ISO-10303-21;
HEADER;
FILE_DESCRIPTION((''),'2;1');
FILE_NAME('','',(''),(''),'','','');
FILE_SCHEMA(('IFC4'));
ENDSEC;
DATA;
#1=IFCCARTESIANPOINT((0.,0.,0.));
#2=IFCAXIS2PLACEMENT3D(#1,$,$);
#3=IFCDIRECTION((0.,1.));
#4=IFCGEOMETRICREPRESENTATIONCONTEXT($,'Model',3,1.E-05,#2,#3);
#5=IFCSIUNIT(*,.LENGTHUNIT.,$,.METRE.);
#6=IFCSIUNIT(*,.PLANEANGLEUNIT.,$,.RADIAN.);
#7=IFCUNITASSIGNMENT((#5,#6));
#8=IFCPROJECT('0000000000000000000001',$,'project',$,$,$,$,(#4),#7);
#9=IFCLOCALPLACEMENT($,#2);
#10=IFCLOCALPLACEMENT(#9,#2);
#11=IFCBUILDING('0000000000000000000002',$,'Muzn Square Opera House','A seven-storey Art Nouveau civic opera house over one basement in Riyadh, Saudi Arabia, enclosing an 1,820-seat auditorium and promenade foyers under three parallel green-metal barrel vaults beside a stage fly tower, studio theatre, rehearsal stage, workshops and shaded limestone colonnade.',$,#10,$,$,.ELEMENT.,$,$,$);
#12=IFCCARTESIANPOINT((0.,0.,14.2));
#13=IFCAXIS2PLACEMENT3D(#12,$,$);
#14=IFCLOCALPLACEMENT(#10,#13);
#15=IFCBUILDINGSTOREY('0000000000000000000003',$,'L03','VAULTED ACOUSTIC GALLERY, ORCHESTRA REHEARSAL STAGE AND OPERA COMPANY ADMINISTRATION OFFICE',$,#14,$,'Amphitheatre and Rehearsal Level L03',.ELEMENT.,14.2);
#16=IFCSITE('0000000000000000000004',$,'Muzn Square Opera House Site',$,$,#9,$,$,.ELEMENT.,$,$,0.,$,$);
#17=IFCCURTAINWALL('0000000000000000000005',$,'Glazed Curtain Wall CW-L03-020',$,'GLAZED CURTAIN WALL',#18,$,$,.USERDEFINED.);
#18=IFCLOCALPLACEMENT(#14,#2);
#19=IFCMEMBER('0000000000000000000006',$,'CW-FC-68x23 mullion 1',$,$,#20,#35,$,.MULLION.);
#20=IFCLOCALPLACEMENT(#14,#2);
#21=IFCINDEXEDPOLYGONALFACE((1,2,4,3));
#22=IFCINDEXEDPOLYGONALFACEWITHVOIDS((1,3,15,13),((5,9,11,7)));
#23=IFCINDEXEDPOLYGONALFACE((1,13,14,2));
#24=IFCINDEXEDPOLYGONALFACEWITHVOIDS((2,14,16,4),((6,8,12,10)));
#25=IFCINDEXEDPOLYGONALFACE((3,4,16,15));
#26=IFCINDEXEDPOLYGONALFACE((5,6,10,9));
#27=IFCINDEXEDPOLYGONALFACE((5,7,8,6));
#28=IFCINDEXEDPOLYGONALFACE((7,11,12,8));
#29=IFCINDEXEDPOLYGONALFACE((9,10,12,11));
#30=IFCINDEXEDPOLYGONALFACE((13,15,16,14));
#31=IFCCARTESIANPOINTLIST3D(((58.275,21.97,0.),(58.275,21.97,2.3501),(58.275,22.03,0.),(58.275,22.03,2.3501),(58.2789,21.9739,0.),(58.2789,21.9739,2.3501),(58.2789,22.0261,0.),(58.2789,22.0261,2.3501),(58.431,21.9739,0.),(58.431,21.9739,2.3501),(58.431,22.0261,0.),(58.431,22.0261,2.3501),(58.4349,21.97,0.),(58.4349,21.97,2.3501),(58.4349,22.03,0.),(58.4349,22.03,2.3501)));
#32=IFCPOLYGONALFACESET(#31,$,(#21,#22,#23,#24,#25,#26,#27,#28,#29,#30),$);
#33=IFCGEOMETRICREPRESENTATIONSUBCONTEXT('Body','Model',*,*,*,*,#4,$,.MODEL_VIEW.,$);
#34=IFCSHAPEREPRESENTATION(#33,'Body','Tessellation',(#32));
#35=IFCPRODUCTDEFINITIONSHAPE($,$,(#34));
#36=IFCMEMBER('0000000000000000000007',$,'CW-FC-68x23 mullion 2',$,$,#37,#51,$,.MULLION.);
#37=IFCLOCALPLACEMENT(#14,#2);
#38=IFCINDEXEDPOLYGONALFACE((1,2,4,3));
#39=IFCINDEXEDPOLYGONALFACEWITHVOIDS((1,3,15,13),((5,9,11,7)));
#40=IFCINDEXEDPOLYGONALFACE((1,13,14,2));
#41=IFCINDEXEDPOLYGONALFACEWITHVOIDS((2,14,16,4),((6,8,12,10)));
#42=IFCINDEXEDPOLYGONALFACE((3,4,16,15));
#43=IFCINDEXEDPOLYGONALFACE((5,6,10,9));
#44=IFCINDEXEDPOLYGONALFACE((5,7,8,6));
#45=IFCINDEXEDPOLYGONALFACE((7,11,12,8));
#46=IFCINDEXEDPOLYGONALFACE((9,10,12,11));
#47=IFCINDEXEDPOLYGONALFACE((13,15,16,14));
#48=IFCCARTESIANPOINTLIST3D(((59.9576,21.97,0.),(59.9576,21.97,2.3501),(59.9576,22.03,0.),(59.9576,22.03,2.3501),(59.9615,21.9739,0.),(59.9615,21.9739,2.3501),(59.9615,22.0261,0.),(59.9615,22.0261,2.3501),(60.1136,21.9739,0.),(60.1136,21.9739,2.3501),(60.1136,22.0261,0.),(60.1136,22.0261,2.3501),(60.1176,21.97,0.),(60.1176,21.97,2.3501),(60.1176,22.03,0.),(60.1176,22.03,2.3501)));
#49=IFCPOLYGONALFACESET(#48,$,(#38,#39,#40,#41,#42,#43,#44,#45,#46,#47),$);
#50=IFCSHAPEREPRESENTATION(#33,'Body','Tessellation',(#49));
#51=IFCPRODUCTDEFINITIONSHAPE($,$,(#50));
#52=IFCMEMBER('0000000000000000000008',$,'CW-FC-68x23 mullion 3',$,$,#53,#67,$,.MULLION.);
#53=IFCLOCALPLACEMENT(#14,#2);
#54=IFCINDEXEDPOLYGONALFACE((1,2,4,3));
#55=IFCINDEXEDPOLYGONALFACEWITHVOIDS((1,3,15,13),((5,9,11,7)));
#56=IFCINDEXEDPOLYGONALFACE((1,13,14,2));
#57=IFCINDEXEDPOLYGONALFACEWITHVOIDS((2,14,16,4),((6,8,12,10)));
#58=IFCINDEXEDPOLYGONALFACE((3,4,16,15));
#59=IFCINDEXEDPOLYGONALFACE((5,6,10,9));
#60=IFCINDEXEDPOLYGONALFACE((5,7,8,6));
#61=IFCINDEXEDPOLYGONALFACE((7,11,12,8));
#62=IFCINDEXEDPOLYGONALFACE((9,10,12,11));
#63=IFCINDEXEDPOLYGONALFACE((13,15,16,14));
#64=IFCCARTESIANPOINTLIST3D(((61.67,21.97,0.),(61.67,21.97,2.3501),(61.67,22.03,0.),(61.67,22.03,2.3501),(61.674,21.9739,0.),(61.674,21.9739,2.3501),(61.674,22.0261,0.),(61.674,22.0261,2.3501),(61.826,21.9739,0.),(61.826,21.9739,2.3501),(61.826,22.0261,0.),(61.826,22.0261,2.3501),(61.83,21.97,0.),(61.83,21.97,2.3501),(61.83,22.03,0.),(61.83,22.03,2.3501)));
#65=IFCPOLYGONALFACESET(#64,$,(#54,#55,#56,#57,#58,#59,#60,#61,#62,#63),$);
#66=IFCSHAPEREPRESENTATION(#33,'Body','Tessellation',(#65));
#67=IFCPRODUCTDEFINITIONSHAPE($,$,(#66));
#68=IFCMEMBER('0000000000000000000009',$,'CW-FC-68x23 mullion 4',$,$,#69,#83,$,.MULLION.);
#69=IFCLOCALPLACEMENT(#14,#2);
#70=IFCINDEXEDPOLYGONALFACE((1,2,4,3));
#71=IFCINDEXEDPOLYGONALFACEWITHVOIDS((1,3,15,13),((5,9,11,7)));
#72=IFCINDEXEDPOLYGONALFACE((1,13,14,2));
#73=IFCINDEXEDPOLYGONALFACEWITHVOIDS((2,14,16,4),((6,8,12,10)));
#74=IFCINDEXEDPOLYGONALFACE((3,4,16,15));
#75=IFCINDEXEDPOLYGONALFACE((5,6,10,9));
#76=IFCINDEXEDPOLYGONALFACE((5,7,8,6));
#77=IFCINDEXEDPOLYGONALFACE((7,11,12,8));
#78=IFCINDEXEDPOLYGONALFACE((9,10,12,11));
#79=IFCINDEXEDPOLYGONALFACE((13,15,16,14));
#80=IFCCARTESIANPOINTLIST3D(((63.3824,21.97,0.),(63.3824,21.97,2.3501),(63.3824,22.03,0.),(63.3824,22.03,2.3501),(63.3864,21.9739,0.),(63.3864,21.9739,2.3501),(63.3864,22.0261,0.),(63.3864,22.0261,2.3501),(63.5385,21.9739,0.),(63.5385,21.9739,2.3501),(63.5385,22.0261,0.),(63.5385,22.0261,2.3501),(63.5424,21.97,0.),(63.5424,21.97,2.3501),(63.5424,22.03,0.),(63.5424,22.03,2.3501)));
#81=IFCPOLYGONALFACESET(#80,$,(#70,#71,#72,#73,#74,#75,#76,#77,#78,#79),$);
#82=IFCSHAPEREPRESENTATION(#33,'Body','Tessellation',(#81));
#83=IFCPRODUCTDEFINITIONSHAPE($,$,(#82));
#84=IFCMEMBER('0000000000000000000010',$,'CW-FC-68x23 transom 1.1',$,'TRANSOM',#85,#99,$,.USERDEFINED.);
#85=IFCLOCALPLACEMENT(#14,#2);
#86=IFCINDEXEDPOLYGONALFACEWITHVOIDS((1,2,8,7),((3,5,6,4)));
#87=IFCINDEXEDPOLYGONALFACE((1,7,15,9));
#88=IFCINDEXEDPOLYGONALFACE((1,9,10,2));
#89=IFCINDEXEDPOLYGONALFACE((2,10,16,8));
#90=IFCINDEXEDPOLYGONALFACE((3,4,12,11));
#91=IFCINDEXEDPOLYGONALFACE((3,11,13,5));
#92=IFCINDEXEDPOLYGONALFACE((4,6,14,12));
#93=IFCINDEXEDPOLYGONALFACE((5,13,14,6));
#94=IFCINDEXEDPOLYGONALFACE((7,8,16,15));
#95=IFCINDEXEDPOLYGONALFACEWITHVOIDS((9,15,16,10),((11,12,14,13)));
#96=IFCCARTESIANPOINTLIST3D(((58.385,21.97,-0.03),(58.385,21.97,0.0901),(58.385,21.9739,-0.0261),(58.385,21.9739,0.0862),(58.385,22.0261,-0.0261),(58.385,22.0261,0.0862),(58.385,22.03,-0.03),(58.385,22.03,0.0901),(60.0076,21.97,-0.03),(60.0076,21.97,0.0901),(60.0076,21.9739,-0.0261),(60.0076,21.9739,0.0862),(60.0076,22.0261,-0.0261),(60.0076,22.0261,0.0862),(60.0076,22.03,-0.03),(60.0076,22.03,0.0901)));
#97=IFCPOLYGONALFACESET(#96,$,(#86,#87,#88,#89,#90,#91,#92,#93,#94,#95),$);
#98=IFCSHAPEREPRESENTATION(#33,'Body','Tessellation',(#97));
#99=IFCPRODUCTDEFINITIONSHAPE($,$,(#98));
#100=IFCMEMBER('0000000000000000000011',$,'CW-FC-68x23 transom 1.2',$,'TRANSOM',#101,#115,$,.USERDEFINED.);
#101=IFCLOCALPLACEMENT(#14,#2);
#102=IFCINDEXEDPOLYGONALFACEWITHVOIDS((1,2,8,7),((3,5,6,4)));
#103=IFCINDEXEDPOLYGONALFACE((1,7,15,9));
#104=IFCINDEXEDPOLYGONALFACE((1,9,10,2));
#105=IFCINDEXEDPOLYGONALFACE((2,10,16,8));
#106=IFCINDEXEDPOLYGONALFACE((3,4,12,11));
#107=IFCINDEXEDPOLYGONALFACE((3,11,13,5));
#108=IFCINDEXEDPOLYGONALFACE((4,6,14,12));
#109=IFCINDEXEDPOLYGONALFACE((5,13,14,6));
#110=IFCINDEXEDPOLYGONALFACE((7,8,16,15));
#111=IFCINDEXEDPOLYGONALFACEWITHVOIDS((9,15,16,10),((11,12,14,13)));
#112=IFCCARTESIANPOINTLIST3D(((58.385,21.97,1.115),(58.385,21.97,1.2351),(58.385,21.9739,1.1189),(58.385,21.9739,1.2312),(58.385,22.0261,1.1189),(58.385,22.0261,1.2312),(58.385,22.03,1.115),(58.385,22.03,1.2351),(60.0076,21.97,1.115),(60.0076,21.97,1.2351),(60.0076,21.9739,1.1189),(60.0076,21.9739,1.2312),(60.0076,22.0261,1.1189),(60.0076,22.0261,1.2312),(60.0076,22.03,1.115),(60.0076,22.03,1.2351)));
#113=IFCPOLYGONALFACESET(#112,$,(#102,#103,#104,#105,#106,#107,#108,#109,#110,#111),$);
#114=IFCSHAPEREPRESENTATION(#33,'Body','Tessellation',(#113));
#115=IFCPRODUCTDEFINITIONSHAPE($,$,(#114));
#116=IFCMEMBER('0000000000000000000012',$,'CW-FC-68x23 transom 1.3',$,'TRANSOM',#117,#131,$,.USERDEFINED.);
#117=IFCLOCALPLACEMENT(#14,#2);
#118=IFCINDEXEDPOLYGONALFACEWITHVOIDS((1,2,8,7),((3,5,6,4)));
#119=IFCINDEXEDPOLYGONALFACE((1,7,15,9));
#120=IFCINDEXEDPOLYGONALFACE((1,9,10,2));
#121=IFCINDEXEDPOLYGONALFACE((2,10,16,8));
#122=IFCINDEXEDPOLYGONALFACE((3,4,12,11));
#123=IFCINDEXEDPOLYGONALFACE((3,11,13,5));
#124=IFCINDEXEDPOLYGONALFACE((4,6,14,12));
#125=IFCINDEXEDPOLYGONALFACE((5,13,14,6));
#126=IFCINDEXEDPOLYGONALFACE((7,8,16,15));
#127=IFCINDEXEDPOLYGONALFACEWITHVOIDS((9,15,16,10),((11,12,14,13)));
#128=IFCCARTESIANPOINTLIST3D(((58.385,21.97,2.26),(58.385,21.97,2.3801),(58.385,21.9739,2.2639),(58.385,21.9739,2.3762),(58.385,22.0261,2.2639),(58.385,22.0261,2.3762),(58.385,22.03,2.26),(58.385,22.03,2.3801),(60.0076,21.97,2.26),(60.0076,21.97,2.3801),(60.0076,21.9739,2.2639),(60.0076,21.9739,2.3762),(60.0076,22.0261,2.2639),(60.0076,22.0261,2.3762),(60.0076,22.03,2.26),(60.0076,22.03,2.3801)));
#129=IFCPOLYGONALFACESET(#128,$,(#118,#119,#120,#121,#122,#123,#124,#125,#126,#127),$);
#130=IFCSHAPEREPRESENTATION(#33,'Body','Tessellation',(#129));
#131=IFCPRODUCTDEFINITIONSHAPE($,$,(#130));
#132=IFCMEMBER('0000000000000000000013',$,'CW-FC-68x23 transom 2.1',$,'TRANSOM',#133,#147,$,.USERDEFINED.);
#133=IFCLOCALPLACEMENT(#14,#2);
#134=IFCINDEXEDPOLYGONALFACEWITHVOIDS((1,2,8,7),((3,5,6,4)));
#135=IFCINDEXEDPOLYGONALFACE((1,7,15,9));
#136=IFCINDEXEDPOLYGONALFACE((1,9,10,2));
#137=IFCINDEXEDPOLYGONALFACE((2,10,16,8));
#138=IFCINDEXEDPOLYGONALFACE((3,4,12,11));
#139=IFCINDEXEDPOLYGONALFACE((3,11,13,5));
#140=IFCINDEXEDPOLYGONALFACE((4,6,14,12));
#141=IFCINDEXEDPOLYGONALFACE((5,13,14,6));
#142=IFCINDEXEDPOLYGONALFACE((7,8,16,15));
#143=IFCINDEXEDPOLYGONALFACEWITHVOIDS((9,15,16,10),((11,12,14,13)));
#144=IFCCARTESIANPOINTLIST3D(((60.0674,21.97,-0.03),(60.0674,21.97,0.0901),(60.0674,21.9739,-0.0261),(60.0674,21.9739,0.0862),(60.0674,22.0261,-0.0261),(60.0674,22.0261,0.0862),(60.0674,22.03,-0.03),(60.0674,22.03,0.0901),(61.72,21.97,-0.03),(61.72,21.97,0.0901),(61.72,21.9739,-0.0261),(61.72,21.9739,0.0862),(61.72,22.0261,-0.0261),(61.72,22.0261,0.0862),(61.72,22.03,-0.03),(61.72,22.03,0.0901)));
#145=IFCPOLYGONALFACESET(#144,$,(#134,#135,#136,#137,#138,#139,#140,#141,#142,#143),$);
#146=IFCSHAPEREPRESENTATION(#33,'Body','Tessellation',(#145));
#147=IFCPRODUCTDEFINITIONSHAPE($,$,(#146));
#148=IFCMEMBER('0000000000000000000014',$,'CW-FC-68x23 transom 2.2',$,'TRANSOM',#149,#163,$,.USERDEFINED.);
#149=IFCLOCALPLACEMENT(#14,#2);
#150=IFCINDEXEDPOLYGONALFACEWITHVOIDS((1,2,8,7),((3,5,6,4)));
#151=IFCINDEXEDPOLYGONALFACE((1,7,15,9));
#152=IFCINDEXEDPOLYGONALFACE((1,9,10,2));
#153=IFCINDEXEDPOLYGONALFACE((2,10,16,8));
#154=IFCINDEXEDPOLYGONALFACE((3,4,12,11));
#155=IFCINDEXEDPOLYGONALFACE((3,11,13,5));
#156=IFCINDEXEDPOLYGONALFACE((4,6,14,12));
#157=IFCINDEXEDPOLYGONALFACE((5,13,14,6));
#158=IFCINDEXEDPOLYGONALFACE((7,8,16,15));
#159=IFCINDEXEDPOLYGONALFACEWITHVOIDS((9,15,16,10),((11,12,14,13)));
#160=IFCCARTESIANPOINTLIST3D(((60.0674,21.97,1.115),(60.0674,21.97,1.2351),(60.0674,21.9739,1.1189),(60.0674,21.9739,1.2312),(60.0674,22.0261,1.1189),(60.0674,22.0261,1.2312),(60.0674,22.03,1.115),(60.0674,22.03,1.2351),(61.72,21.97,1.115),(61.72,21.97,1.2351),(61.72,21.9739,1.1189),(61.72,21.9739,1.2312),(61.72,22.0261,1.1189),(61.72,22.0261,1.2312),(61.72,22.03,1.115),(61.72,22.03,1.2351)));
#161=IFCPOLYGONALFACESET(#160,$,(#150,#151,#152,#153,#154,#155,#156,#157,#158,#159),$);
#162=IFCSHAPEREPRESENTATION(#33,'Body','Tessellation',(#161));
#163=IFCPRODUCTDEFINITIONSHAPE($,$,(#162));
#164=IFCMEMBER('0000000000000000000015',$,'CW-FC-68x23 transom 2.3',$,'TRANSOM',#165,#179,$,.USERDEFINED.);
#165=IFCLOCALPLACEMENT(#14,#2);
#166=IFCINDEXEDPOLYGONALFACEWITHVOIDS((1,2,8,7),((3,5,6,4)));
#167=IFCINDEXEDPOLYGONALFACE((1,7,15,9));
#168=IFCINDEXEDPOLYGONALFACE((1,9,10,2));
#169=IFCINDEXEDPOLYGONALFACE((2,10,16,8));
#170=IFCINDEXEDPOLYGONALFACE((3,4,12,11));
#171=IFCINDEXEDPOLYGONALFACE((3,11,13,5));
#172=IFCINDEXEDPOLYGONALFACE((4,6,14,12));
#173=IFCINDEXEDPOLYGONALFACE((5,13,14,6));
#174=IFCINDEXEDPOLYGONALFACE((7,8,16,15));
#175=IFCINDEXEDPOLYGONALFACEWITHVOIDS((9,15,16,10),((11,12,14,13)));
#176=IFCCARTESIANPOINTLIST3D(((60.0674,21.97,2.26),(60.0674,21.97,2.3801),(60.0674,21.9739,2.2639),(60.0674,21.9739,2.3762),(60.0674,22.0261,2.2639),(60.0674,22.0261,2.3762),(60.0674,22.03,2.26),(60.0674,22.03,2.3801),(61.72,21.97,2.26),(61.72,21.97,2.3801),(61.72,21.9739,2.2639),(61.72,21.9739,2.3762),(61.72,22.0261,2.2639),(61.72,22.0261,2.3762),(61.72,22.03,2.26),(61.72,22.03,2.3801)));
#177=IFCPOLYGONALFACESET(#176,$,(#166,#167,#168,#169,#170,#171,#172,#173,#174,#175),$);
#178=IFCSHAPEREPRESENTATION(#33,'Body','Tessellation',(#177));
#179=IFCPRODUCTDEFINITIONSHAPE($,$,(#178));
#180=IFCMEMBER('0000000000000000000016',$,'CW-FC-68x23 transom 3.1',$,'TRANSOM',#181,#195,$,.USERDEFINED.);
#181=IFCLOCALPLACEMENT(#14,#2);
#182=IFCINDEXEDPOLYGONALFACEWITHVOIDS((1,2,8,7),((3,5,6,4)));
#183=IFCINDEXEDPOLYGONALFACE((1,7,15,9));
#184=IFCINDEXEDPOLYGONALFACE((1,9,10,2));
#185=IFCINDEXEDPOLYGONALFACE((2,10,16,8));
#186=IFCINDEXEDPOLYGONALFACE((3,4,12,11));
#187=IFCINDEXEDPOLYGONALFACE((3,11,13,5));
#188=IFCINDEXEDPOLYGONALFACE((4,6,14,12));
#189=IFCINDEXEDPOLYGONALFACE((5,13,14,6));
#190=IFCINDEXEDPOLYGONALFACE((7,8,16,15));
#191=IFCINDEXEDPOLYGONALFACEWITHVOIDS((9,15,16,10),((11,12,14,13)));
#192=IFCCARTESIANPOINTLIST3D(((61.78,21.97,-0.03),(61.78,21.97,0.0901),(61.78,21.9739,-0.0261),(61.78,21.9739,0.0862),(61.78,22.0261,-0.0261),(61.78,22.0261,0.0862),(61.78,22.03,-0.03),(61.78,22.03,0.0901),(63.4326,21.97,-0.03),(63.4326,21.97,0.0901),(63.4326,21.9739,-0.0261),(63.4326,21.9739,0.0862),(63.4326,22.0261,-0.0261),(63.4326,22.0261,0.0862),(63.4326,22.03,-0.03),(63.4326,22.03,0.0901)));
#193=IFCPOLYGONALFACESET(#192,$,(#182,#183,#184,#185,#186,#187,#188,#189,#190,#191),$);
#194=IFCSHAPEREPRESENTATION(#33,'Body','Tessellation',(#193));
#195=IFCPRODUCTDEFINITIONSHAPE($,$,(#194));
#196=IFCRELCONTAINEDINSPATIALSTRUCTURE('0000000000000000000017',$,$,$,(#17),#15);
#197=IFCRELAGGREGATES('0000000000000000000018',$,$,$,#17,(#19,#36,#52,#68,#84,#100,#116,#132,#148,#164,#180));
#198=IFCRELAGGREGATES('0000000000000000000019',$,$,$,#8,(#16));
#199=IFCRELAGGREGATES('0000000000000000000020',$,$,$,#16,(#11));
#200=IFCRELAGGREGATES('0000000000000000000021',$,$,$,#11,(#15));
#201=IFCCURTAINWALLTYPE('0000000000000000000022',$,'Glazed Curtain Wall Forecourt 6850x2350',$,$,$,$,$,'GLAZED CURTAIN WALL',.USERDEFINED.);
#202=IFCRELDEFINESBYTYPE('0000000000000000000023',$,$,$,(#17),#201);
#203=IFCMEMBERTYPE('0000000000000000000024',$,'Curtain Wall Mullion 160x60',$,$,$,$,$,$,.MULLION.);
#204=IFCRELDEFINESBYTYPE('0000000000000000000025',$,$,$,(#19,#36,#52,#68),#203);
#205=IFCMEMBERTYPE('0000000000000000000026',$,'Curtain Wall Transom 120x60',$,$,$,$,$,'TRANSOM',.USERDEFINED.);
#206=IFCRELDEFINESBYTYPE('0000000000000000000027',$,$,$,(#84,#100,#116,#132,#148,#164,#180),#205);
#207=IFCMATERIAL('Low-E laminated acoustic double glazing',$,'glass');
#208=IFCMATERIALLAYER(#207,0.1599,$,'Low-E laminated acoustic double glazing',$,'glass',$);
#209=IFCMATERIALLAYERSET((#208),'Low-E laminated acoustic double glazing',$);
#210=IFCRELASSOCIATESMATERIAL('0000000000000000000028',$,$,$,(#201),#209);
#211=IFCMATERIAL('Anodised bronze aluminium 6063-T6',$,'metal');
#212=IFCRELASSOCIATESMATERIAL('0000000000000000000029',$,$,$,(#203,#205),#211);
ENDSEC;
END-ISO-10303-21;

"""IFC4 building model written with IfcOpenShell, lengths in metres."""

from ifc_helpers import new_model, si_unit, direction, frame, origin, origin_2d, place, context, subcontext, project, spatial, hollow_rectangle, extrude, material, layer, layer_set, material_profile, profile_set, type_object, element, aggregate, save


model = new_model("IFC4")

# Units and contexts
model_context = context("Model", 3, precision=1e-05, world=origin(), true_north=direction((0.0, 1.0)))
body_context = subcontext(model_context, "Body", "Model", "MODEL_VIEW")
ifc_project = project(units=[si_unit("LENGTHUNIT", "METRE"), si_unit("PLANEANGLEUNIT", "RADIAN")], contexts=[model_context])

# Site, building, storey
site_placement = place(None, origin())
site = spatial("IfcSite", under=ifc_project, at=site_placement, Name="Muzn Square Opera House Site", CompositionType="ELEMENT", RefElevation=0.0)
building_placement = place(site_placement, origin())
building = spatial("IfcBuilding", under=site, at=building_placement, Name="Muzn Square Opera House", Description="A seven-storey Art Nouveau civic opera house over one basement in Riyadh, Saudi Arabia, enclosing an 1,820-seat auditorium and promenade foyers under three parallel green-metal barrel vaults beside a stage fly tower, studio theatre, rehearsal stage, workshops and shaded limestone colonnade.", CompositionType="ELEMENT")
storey_placement = place(building_placement, frame((0.0, 0.0, 14.2)))
storey = spatial("IfcBuildingStorey", under=building, at=storey_placement, Name="L03", Description="VAULTED ACOUSTIC GALLERY, ORCHESTRA REHEARSAL STAGE AND OPERA COMPANY ADMINISTRATION OFFICE", LongName="Amphitheatre and Rehearsal Level L03", CompositionType="ELEMENT", Elevation=14.2)

# Curtain wall, members
ifc_material_1 = material(Name="Low-E laminated acoustic double glazing", Category="glass")
ifc_layer_1 = layer(ifc_material_1, 0.1599, Name="Low-E laminated acoustic double glazing", Category="glass")
ifc_layer_set_1 = layer_set([ifc_layer_1], Name="Low-E laminated acoustic double glazing")
curtain_wall_type = type_object("IfcCurtainWallType", Name="Glazed Curtain Wall Forecourt 6850x2350", ElementType="GLAZED CURTAIN WALL", PredefinedType="USERDEFINED", material=ifc_layer_set_1)
curtain_wall_placement = place(storey_placement, origin())
curtain_wall = element("IfcCurtainWall", 1, at=curtain_wall_placement, inside=storey, type_object=curtain_wall_type, Name="Glazed Curtain Wall CW-L03-020", ObjectType="GLAZED CURTAIN WALL", PredefinedType="USERDEFINED")
ifc_material_2 = material(Name="Anodised bronze aluminium 6063-T6", Category="metal")
ifc_material_profile_1 = material_profile(ifc_material_2, hollow_rectangle(XDim=0.0601, YDim=0.1599, WallThickness=0.0039, at=origin_2d()), Name="ALU 160x60x4", Category="metal")
ifc_profile_set_1 = profile_set([ifc_material_profile_1], Name="Anodised bronze aluminium 6063-T6")
member_type_1 = type_object("IfcMemberType", Name="Curtain Wall Mullion 160x60", PredefinedType="MULLION", material=ifc_profile_set_1)
member_1_placement = place(storey_placement, frame((58.355, 22.0, 0.0), z_axis=(0.0, 0.0, 1.0), x_axis=(0.0, 1.0, 0.0)))
member_1 = element("IfcMember", 2, at=member_1_placement, type_object=member_type_1, Name="CW-FC-68x23 mullion 1", PredefinedType="MULLION", context=body_context, shape_type="SweptSolid", body=[
    extrude(hollow_rectangle(XDim=0.0601, YDim=0.1599, WallThickness=0.0039, at=origin_2d()), origin(), (0.0, 0.0, 1.0), 2.3501),
])
member_2_placement = place(storey_placement, frame((60.0376, 22.0, 0.0), z_axis=(0.0, 0.0, 1.0), x_axis=(0.0, 1.0, 0.0)))
member_2 = element("IfcMember", 3, at=member_2_placement, type_object=member_type_1, Name="CW-FC-68x23 mullion 2", PredefinedType="MULLION", context=body_context, shape_type="SweptSolid", body=[
    extrude(hollow_rectangle(XDim=0.0601, YDim=0.1599, WallThickness=0.0039, at=origin_2d()), origin(), (0.0, 0.0, 1.0), 2.3501),
])
member_3_placement = place(storey_placement, frame((61.75, 22.0, 0.0), z_axis=(0.0, 0.0, 1.0), x_axis=(0.0, 1.0, 0.0)))
member_3 = element("IfcMember", 4, at=member_3_placement, type_object=member_type_1, Name="CW-FC-68x23 mullion 3", PredefinedType="MULLION", context=body_context, shape_type="SweptSolid", body=[
    extrude(hollow_rectangle(XDim=0.0601, YDim=0.1599, WallThickness=0.0039, at=origin_2d()), origin(), (0.0, 0.0, 1.0), 2.3501),
])
member_4_placement = place(storey_placement, frame((63.4624, 22.0, 0.0), z_axis=(0.0, 0.0, 1.0), x_axis=(0.0, 1.0, 0.0)))
member_4 = element("IfcMember", 5, at=member_4_placement, type_object=member_type_1, Name="CW-FC-68x23 mullion 4", PredefinedType="MULLION", context=body_context, shape_type="SweptSolid", body=[
    extrude(hollow_rectangle(XDim=0.0601, YDim=0.1599, WallThickness=0.0039, at=origin_2d()), origin(), (0.0, 0.0, 1.0), 2.3501),
])
ifc_material_profile_2 = material_profile(ifc_material_2, hollow_rectangle(XDim=0.0601, YDim=0.1201, WallThickness=0.0039, at=origin_2d()), Name="ALU 120x60x4", Category="metal")
ifc_profile_set_2 = profile_set([ifc_material_profile_2], Name="Anodised bronze aluminium 6063-T6")
member_type_2 = type_object("IfcMemberType", Name="Curtain Wall Transom 120x60", ElementType="TRANSOM", PredefinedType="USERDEFINED", material=ifc_profile_set_2)
member_5_placement = place(storey_placement, frame((58.385, 22.0, 0.03), z_axis=(1.0, 0.0, 0.0), x_axis=(0.0, 1.0, 0.0)))
member_5 = element("IfcMember", 6, at=member_5_placement, type_object=member_type_2, Name="CW-FC-68x23 transom 1.1", ObjectType="TRANSOM", PredefinedType="USERDEFINED", context=body_context, shape_type="SweptSolid", body=[
    extrude(hollow_rectangle(XDim=0.0601, YDim=0.1201, WallThickness=0.0039, at=origin_2d()), origin(), (0.0, 0.0, 1.0), 1.6226),
])
member_6_placement = place(storey_placement, frame((58.385, 22.0, 1.175), z_axis=(1.0, 0.0, 0.0), x_axis=(0.0, 1.0, 0.0)))
member_6 = element("IfcMember", 7, at=member_6_placement, type_object=member_type_2, Name="CW-FC-68x23 transom 1.2", ObjectType="TRANSOM", PredefinedType="USERDEFINED", context=body_context, shape_type="SweptSolid", body=[
    extrude(hollow_rectangle(XDim=0.0601, YDim=0.1201, WallThickness=0.0039, at=origin_2d()), origin(), (0.0, 0.0, 1.0), 1.6226),
])
member_7_placement = place(storey_placement, frame((58.385, 22.0, 2.3201), z_axis=(1.0, 0.0, 0.0), x_axis=(0.0, 1.0, 0.0)))
member_7 = element("IfcMember", 8, at=member_7_placement, type_object=member_type_2, Name="CW-FC-68x23 transom 1.3", ObjectType="TRANSOM", PredefinedType="USERDEFINED", context=body_context, shape_type="SweptSolid", body=[
    extrude(hollow_rectangle(XDim=0.0601, YDim=0.1201, WallThickness=0.0039, at=origin_2d()), origin(), (0.0, 0.0, 1.0), 1.6226),
])
member_8_placement = place(storey_placement, frame((60.0674, 22.0, 0.03), z_axis=(1.0, 0.0, 0.0), x_axis=(0.0, 1.0, 0.0)))
member_8 = element("IfcMember", 9, at=member_8_placement, type_object=member_type_2, Name="CW-FC-68x23 transom 2.1", ObjectType="TRANSOM", PredefinedType="USERDEFINED", context=body_context, shape_type="SweptSolid", body=[
    extrude(hollow_rectangle(XDim=0.0601, YDim=0.1201, WallThickness=0.0039, at=origin_2d()), origin(), (0.0, 0.0, 1.0), 1.6526),
])
member_9_placement = place(storey_placement, frame((60.0674, 22.0, 1.175), z_axis=(1.0, 0.0, 0.0), x_axis=(0.0, 1.0, 0.0)))
member_9 = element("IfcMember", 10, at=member_9_placement, type_object=member_type_2, Name="CW-FC-68x23 transom 2.2", ObjectType="TRANSOM", PredefinedType="USERDEFINED", context=body_context, shape_type="SweptSolid", body=[
    extrude(hollow_rectangle(XDim=0.0601, YDim=0.1201, WallThickness=0.0039, at=origin_2d()), origin(), (0.0, 0.0, 1.0), 1.6526),
])
member_10_placement = place(storey_placement, frame((60.0674, 22.0, 2.3201), z_axis=(1.0, 0.0, 0.0), x_axis=(0.0, 1.0, 0.0)))
member_10 = element("IfcMember", 11, at=member_10_placement, type_object=member_type_2, Name="CW-FC-68x23 transom 2.3", ObjectType="TRANSOM", PredefinedType="USERDEFINED", context=body_context, shape_type="SweptSolid", body=[
    extrude(hollow_rectangle(XDim=0.0601, YDim=0.1201, WallThickness=0.0039, at=origin_2d()), origin(), (0.0, 0.0, 1.0), 1.6526),
])
member_11_placement = place(storey_placement, frame((61.78, 22.0, 0.03), z_axis=(1.0, 0.0, 0.0), x_axis=(0.0, 1.0, 0.0)))
member_11 = element("IfcMember", 12, at=member_11_placement, type_object=member_type_2, Name="CW-FC-68x23 transom 3.1", ObjectType="TRANSOM", PredefinedType="USERDEFINED", context=body_context, shape_type="SweptSolid", body=[
    extrude(hollow_rectangle(XDim=0.0601, YDim=0.1201, WallThickness=0.0039, at=origin_2d()), origin(), (0.0, 0.0, 1.0), 1.6526),
])

aggregate(curtain_wall, [member_1, member_2, member_3, member_4, member_5, member_6, member_7, member_8, member_9, member_10, member_11])

save(model, "model.ifc")
